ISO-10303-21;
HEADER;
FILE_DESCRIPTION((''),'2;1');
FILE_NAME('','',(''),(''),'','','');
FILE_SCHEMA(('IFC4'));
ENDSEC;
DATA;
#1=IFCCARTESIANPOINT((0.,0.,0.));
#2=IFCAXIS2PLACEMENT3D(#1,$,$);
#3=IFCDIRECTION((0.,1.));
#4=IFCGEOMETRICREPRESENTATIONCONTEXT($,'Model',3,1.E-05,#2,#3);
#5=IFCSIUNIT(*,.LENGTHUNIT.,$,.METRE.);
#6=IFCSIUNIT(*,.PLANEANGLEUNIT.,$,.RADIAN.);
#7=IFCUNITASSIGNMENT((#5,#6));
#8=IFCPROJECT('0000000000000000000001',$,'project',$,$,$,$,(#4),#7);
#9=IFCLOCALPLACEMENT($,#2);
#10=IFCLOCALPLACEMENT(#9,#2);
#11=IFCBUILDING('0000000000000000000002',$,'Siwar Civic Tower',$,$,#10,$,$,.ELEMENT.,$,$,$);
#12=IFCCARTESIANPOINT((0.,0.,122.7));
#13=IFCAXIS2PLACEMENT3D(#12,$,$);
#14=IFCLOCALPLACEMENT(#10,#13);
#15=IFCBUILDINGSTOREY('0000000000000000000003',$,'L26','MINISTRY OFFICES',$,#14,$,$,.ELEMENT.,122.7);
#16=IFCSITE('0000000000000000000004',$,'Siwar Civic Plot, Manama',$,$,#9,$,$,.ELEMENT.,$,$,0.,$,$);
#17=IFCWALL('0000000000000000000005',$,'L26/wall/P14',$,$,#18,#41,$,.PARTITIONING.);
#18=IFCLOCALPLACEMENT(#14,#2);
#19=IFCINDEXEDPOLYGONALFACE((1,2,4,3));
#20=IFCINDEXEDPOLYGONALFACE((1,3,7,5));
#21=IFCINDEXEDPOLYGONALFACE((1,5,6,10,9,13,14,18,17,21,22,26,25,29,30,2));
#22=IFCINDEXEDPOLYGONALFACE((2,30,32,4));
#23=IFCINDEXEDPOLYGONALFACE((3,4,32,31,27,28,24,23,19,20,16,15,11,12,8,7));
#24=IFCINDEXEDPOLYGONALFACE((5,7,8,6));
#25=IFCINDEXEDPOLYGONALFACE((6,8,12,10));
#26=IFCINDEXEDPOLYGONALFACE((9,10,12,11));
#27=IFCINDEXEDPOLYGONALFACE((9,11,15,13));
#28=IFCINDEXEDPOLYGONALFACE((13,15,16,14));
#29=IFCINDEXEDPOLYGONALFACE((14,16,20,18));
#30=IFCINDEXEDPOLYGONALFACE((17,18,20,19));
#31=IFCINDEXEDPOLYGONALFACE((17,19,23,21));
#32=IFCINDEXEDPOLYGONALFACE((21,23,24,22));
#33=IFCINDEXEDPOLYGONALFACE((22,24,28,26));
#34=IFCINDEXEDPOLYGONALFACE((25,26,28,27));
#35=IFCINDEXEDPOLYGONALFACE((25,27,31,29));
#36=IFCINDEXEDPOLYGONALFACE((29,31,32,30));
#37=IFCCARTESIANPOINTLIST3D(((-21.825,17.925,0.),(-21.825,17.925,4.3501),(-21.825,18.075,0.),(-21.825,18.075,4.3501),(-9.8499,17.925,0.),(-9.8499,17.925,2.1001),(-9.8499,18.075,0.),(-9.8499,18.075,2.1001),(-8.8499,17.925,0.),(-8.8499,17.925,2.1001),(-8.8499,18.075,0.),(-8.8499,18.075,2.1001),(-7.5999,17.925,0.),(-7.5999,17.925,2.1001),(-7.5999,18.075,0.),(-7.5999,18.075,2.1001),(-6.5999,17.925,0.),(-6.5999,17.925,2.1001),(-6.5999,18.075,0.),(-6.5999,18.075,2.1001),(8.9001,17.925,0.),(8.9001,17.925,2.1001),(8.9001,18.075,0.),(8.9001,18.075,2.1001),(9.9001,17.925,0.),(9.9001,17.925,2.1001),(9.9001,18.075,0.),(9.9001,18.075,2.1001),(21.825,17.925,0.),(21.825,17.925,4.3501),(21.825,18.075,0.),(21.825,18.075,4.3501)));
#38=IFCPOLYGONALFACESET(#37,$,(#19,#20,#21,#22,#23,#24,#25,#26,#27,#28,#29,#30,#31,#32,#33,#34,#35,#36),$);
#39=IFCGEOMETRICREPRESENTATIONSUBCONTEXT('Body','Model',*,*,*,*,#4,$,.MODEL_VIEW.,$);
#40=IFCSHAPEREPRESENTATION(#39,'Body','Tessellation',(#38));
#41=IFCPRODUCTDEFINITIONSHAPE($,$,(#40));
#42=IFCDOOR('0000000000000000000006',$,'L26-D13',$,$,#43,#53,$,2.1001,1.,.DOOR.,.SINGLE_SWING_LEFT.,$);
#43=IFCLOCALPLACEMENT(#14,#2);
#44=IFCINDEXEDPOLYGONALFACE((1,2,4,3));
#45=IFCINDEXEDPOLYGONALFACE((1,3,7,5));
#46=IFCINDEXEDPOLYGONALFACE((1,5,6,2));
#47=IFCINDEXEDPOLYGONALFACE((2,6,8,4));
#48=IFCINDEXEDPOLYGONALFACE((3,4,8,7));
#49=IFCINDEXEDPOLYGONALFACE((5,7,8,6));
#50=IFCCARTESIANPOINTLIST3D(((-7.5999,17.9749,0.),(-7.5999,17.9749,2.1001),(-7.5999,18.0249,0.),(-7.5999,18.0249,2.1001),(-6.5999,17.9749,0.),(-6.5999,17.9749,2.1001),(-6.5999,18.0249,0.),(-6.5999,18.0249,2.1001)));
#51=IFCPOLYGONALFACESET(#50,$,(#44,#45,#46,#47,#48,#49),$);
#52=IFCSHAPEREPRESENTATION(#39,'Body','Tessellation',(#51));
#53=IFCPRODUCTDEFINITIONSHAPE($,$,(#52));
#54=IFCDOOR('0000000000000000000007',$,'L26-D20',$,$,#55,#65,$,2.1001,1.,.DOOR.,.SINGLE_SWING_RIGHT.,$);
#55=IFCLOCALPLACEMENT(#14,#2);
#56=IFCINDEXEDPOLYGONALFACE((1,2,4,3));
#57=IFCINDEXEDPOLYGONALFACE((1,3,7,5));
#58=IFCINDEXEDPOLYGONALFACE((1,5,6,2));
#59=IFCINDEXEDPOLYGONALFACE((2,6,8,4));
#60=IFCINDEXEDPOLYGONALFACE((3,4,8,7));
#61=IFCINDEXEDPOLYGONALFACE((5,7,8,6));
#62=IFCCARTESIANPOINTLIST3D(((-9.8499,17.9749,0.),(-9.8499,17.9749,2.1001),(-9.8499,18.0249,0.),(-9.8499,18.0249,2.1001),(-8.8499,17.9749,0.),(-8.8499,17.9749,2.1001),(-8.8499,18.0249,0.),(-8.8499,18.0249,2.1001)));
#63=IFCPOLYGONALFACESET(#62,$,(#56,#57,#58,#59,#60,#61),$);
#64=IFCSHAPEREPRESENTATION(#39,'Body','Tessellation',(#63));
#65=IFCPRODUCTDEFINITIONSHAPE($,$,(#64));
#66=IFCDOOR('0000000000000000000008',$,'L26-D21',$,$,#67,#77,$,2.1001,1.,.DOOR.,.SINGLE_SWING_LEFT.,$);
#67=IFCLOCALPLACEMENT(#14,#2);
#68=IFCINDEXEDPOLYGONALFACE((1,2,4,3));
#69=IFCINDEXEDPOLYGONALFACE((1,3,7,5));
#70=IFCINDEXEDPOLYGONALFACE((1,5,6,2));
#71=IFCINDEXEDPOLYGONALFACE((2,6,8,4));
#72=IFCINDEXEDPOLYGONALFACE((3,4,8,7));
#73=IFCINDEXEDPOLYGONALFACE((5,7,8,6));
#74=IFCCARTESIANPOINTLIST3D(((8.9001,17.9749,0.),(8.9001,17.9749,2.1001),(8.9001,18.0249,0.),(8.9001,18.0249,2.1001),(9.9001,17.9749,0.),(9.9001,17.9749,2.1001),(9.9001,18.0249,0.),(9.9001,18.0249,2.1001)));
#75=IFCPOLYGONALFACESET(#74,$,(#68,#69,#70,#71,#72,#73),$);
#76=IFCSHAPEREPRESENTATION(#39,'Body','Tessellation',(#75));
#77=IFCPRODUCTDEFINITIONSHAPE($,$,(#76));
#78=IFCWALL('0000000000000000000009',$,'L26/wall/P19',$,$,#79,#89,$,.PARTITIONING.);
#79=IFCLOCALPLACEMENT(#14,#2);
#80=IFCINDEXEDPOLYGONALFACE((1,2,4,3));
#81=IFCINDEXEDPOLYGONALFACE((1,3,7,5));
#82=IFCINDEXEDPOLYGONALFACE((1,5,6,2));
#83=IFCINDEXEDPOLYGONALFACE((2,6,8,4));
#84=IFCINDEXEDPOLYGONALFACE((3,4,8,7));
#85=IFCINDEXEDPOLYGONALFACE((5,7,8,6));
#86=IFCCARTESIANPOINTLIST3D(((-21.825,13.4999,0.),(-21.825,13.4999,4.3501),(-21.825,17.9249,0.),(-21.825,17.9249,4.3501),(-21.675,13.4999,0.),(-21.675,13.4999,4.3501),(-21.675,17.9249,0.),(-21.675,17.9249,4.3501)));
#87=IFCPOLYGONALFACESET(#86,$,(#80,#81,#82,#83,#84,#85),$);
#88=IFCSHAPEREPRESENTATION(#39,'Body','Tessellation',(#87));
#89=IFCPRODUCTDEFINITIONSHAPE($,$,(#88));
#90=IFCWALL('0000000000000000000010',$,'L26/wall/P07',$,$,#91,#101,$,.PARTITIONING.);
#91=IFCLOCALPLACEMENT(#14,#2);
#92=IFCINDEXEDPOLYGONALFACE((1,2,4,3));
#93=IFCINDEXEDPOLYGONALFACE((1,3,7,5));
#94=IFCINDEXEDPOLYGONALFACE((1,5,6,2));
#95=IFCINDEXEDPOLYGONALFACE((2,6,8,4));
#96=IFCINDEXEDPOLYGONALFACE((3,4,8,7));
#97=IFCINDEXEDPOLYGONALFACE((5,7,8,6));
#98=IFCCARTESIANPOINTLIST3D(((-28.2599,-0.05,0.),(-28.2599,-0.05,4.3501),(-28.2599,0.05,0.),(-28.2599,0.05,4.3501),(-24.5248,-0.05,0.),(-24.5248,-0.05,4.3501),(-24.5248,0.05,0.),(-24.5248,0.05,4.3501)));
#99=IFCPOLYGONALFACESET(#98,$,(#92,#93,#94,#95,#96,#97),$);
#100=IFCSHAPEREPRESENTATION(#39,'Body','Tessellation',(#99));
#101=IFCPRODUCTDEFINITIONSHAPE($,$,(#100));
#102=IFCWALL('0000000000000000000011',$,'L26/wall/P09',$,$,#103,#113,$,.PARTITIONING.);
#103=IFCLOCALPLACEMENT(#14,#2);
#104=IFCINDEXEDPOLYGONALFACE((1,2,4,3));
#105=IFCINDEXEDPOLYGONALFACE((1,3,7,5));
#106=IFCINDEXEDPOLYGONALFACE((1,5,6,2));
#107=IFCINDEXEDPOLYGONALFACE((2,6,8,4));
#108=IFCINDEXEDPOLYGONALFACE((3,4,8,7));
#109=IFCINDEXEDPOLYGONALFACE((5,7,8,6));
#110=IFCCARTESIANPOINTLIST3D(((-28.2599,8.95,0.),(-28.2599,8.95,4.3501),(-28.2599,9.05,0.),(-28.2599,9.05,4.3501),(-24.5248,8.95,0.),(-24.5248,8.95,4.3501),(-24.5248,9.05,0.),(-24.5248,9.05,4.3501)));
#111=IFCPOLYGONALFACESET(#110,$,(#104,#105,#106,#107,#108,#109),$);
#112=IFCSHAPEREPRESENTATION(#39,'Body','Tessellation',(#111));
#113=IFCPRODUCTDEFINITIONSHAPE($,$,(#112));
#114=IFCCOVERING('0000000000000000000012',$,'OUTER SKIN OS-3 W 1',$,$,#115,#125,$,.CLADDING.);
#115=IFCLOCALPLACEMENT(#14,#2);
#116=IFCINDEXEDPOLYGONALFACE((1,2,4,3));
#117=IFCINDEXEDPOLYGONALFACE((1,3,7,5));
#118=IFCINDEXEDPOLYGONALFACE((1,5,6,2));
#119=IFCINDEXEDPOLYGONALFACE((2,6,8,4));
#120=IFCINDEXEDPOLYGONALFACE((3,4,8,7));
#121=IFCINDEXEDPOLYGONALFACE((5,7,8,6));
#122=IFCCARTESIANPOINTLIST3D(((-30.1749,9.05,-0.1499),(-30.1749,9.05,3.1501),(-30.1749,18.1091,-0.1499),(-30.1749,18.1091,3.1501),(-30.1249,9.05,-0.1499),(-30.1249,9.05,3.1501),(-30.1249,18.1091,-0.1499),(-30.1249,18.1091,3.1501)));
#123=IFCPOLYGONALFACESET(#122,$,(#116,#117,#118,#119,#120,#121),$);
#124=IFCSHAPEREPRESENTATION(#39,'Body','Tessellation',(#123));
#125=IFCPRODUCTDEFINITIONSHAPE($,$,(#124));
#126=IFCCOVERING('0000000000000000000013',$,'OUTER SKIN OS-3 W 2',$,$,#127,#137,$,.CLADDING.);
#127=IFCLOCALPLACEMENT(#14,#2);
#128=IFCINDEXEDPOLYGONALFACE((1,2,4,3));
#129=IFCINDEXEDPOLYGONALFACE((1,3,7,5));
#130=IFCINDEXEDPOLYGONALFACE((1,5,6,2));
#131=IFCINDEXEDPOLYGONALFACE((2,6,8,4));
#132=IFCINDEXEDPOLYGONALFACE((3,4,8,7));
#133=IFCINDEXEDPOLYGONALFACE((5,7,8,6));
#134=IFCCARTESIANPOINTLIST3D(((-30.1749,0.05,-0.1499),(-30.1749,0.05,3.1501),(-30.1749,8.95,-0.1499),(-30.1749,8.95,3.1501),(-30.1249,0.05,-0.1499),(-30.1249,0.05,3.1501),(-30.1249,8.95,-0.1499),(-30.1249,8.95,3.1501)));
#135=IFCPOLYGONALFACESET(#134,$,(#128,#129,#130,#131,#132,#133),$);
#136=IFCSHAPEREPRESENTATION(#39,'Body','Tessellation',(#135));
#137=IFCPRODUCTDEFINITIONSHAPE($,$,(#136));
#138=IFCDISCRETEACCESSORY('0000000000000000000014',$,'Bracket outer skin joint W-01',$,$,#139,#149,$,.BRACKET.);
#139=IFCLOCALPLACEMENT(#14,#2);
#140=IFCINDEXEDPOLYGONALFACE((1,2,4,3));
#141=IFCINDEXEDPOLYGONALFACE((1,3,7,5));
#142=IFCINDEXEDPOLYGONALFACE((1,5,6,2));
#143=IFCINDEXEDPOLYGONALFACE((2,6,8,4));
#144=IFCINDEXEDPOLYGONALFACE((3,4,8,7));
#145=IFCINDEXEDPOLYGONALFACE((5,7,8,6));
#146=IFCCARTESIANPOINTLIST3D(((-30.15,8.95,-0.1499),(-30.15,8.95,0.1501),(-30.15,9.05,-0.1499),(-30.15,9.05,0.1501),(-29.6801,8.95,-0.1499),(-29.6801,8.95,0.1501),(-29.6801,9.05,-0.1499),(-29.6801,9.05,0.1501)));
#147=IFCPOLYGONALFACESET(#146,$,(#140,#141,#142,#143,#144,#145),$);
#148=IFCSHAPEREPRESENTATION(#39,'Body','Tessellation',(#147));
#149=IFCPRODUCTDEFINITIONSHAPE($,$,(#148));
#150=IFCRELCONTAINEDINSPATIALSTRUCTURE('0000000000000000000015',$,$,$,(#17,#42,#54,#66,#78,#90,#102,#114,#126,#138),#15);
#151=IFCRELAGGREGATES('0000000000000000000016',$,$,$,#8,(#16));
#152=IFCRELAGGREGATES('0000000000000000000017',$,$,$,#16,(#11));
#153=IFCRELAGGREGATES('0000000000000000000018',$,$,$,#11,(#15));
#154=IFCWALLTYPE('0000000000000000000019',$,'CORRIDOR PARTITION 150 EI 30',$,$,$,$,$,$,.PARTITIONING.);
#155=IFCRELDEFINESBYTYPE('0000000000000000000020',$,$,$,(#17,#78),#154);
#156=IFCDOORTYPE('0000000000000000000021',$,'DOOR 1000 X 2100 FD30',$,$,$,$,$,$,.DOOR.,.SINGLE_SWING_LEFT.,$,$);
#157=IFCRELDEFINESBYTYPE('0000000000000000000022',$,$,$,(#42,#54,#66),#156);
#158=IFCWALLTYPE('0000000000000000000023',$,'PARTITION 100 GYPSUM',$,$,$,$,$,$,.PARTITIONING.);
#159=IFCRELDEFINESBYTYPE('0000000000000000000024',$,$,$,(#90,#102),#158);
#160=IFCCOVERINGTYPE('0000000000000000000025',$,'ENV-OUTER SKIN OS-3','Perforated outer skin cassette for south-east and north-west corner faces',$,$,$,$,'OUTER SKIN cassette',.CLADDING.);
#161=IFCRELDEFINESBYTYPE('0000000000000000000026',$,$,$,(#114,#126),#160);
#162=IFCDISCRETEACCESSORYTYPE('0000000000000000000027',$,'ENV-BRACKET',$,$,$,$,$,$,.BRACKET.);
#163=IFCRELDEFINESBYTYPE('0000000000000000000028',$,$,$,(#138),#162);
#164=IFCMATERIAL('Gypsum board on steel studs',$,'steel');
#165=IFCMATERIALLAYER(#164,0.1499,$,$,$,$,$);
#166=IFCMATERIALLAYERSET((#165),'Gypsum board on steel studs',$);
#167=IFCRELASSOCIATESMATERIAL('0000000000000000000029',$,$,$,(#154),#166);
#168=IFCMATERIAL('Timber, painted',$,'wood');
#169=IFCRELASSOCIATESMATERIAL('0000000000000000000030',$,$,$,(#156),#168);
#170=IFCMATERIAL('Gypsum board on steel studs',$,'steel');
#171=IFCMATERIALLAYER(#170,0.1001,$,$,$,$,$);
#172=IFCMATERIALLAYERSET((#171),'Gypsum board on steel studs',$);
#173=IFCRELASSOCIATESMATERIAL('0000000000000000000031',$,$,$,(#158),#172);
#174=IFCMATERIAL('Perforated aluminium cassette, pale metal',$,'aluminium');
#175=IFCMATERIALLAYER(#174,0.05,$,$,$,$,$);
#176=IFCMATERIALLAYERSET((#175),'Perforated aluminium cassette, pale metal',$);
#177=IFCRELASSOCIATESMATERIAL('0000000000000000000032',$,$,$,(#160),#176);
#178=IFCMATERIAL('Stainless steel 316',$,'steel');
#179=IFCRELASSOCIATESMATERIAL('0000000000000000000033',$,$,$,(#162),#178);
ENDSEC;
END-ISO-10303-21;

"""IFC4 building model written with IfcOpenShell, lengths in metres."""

from ifc_helpers import new_model, si_unit, direction, frame, frame_2d, origin, origin_2d, place, context, subcontext, project, spatial, rectangle, extrude, material, layer, layer_set, type_object, element, fill, save


model = new_model("IFC4")

# Units and contexts
model_context = context("Model", 3, precision=1e-05, world=origin(), true_north=direction((0.0, 1.0)))
body_context = subcontext(model_context, "Body", "Model", "MODEL_VIEW")
ifc_project = project(units=[si_unit("LENGTHUNIT", "METRE"), si_unit("PLANEANGLEUNIT", "RADIAN")], contexts=[model_context])

# Site, building, storey
site_placement = place(None, origin())
site = spatial("IfcSite", under=ifc_project, at=site_placement, Name="Siwar Civic Plot, Manama", CompositionType="ELEMENT", RefElevation=0.0)
building_placement = place(site_placement, origin())
building = spatial("IfcBuilding", under=site, at=building_placement, Name="Siwar Civic Tower", CompositionType="ELEMENT")
storey_placement = place(building_placement, frame((0.0, 0.0, 122.7)))
storey = spatial("IfcBuildingStorey", under=building, at=storey_placement, Name="L26", Description="MINISTRY OFFICES", CompositionType="ELEMENT", Elevation=122.7)

# Shared definitions
ifc_material_1 = material(Name="Gypsum board on steel studs", Category="steel")
ifc_layer_1 = layer(ifc_material_1, 0.1499)
ifc_layer_set_1 = layer_set([ifc_layer_1], Name="Gypsum board on steel studs")
wall_type_1 = type_object("IfcWallType", Name="CORRIDOR PARTITION 150 EI 30", PredefinedType="PARTITIONING", material=ifc_layer_set_1)

# Wall, openings, doors
wall_1_placement = place(storey_placement, frame((-21.825, 18.0, 0.0), z_axis=(0.0, 0.0, 1.0), x_axis=(1.0, 0.0, 0.0)))
wall_1 = element("IfcWall", 1, at=wall_1_placement, inside=storey, type_object=wall_type_1, Name="L26/wall/P14", PredefinedType="PARTITIONING", context=body_context, shape_type="SweptSolid", body=[
    extrude(rectangle(XDim=43.6499, YDim=0.1499, at=frame_2d((21.825, 0.0))), origin(), (0.0, 0.0, 1.0), 4.3501),
])
opening_1_placement = place(wall_1_placement, frame((14.2251, 0.0, 0.0)))
opening_1 = element("IfcOpeningElement", 2, at=opening_1_placement, cuts=wall_1, PredefinedType="OPENING", context=body_context, shape_type="SweptSolid", body=[
    extrude(rectangle(XDim=1.0, YDim=2.1001, at=frame_2d((0.5, 1.05))), frame((0.0, 0.085, 0.0), z_axis=(0.0, -1.0, 0.0), x_axis=(1.0, 0.0, 0.0)), (0.0, 0.0, 1.0), 0.1699),
])
opening_2_placement = place(wall_1_placement, frame((11.9751, 0.0, 0.0)))
opening_2 = element("IfcOpeningElement", 3, at=opening_2_placement, cuts=wall_1, PredefinedType="OPENING", context=body_context, shape_type="SweptSolid", body=[
    extrude(rectangle(XDim=1.0, YDim=2.1001, at=frame_2d((0.5, 1.05))), frame((0.0, 0.085, 0.0), z_axis=(0.0, -1.0, 0.0), x_axis=(1.0, 0.0, 0.0)), (0.0, 0.0, 1.0), 0.1699),
])
opening_3_placement = place(wall_1_placement, frame((30.7251, 0.0, 0.0)))
opening_3 = element("IfcOpeningElement", 4, at=opening_3_placement, cuts=wall_1, PredefinedType="OPENING", context=body_context, shape_type="SweptSolid", body=[
    extrude(rectangle(XDim=1.0, YDim=2.1001, at=frame_2d((0.5, 1.05))), frame((0.0, 0.085, 0.0), z_axis=(0.0, -1.0, 0.0), x_axis=(1.0, 0.0, 0.0)), (0.0, 0.0, 1.0), 0.1699),
])
ifc_material_2 = material(Name="Timber, painted", Category="wood")
door_type = type_object("IfcDoorType", Name="DOOR 1000 X 2100 FD30", OperationType="SINGLE_SWING_LEFT", PredefinedType="DOOR", material=ifc_material_2)
door_1_placement = place(opening_1_placement, origin())
door_1 = element("IfcDoor", 5, at=door_1_placement, inside=storey, type_object=door_type, Name="L26-D13", OperationType="SINGLE_SWING_LEFT", OverallHeight=2.1001, OverallWidth=1.0, PredefinedType="DOOR", context=body_context, shape_type="SweptSolid", body=[
    extrude(rectangle(XDim=1.0, YDim=2.1001, at=frame_2d((0.5, 1.05))), frame((0.0, 0.0249, 0.0), z_axis=(0.0, -1.0, 0.0), x_axis=(1.0, 0.0, 0.0)), (0.0, 0.0, 1.0), 0.05),
])
fill(opening_1, door_1)
door_2_placement = place(opening_2_placement, origin())
door_2 = element("IfcDoor", 6, at=door_2_placement, inside=storey, type_object=door_type, Name="L26-D20", OperationType="SINGLE_SWING_RIGHT", OverallHeight=2.1001, OverallWidth=1.0, PredefinedType="DOOR", context=body_context, shape_type="SweptSolid", body=[
    extrude(rectangle(XDim=1.0, YDim=2.1001, at=frame_2d((0.5, 1.05))), frame((0.0, 0.0249, 0.0), z_axis=(0.0, -1.0, 0.0), x_axis=(1.0, 0.0, 0.0)), (0.0, 0.0, 1.0), 0.05),
])
fill(opening_2, door_2)
door_3_placement = place(opening_3_placement, origin())
door_3 = element("IfcDoor", 7, at=door_3_placement, inside=storey, type_object=door_type, Name="L26-D21", OperationType="SINGLE_SWING_LEFT", OverallHeight=2.1001, OverallWidth=1.0, PredefinedType="DOOR", context=body_context, shape_type="SweptSolid", body=[
    extrude(rectangle(XDim=1.0, YDim=2.1001, at=frame_2d((0.5, 1.05))), frame((0.0, 0.0249, 0.0), z_axis=(0.0, -1.0, 0.0), x_axis=(1.0, 0.0, 0.0)), (0.0, 0.0, 1.0), 0.05),
])
fill(opening_3, door_3)

# Walls
wall_2_placement = place(storey_placement, frame((-21.75, 13.5, 0.0), z_axis=(0.0, 0.0, 1.0), x_axis=(0.0, 1.0, 0.0)))
element("IfcWall", 8, at=wall_2_placement, inside=storey, type_object=wall_type_1, Name="L26/wall/P19", PredefinedType="PARTITIONING", context=body_context, shape_type="SweptSolid", body=[
    extrude(rectangle(XDim=4.425, YDim=0.1499, at=frame_2d((2.2124, 0.0))), origin(), (0.0, 0.0, 1.0), 4.3501),
])
ifc_material_3 = material(Name="Gypsum board on steel studs", Category="steel")
ifc_layer_2 = layer(ifc_material_3, 0.1001)
ifc_layer_set_2 = layer_set([ifc_layer_2], Name="Gypsum board on steel studs")
wall_type_2 = type_object("IfcWallType", Name="PARTITION 100 GYPSUM", PredefinedType="PARTITIONING", material=ifc_layer_set_2)
for number, where, z_axis, x_axis, name in (
    (9, (-28.26, 0.0, 0.0), (0.0, 0.0, 1.0), (1.0, 0.0, 0.0), "L26/wall/P07"),
    (10, (-28.26, 9.0, 0.0), (0.0, 0.0, 1.0), (1.0, 0.0, 0.0), "L26/wall/P09"),
):
    element("IfcWall", number, at=place(storey_placement, frame(where, z_axis=z_axis, x_axis=x_axis)), inside=storey, type_object=wall_type_2, Name=name, PredefinedType="PARTITIONING", context=body_context, shape_type="SweptSolid", body=[
        extrude(rectangle(XDim=3.7351, YDim=0.1001, at=frame_2d((1.8677, 0.0))), origin(), (0.0, 0.0, 1.0), 4.3501),
    ])

# Coverings
ifc_material_4 = material(Name="Perforated aluminium cassette, pale metal", Category="aluminium")
ifc_layer_3 = layer(ifc_material_4, 0.05)
ifc_layer_set_3 = layer_set([ifc_layer_3], Name="Perforated aluminium cassette, pale metal")
covering_type = type_object("IfcCoveringType", Name="ENV-OUTER SKIN OS-3", Description="Perforated outer skin cassette for south-east and north-west corner faces", ElementType="OUTER SKIN cassette", PredefinedType="CLADDING", material=ifc_layer_set_3)
covering_1_placement = place(storey_placement, frame((-30.1499, 13.5796, -0.1499), z_axis=(0.0, 0.0, 1.0), x_axis=(0.0, -1.0, 0.0)))
element("IfcCovering", 11, at=covering_1_placement, inside=storey, type_object=covering_type, Name="OUTER SKIN OS-3 W 1", PredefinedType="CLADDING", context=body_context, shape_type="SweptSolid", body=[
    extrude(rectangle(XDim=9.0591, YDim=0.05, at=origin_2d()), origin(), (0.0, 0.0, 1.0), 3.3),
])
covering_2_placement = place(storey_placement, frame((-30.1499, 4.5, -0.1499), z_axis=(0.0, 0.0, 1.0), x_axis=(0.0, -1.0, 0.0)))
element("IfcCovering", 12, at=covering_2_placement, inside=storey, type_object=covering_type, Name="OUTER SKIN OS-3 W 2", PredefinedType="CLADDING", context=body_context, shape_type="SweptSolid", body=[
    extrude(rectangle(XDim=8.8999, YDim=0.05, at=origin_2d()), origin(), (0.0, 0.0, 1.0), 3.3),
])

# Discrete accessory
ifc_material_5 = material(Name="Stainless steel 316", Category="steel")
discrete_accessory_type = type_object("IfcDiscreteAccessoryType", Name="ENV-BRACKET", PredefinedType="BRACKET", material=ifc_material_5)
discrete_accessory_placement = place(storey_placement, frame((-29.915, 9.0, -0.1499), z_axis=(0.0, 0.0, 1.0), x_axis=(-1.0, 0.0, 0.0)))
element("IfcDiscreteAccessory", 13, at=discrete_accessory_placement, inside=storey, type_object=discrete_accessory_type, Name="Bracket outer skin joint W-01", PredefinedType="BRACKET", context=body_context, shape_type="SweptSolid", body=[
    extrude(rectangle(XDim=0.47, YDim=0.1001, at=origin_2d()), origin(), (0.0, 0.0, 1.0), 0.3),
])

save(model, "model.ifc")
